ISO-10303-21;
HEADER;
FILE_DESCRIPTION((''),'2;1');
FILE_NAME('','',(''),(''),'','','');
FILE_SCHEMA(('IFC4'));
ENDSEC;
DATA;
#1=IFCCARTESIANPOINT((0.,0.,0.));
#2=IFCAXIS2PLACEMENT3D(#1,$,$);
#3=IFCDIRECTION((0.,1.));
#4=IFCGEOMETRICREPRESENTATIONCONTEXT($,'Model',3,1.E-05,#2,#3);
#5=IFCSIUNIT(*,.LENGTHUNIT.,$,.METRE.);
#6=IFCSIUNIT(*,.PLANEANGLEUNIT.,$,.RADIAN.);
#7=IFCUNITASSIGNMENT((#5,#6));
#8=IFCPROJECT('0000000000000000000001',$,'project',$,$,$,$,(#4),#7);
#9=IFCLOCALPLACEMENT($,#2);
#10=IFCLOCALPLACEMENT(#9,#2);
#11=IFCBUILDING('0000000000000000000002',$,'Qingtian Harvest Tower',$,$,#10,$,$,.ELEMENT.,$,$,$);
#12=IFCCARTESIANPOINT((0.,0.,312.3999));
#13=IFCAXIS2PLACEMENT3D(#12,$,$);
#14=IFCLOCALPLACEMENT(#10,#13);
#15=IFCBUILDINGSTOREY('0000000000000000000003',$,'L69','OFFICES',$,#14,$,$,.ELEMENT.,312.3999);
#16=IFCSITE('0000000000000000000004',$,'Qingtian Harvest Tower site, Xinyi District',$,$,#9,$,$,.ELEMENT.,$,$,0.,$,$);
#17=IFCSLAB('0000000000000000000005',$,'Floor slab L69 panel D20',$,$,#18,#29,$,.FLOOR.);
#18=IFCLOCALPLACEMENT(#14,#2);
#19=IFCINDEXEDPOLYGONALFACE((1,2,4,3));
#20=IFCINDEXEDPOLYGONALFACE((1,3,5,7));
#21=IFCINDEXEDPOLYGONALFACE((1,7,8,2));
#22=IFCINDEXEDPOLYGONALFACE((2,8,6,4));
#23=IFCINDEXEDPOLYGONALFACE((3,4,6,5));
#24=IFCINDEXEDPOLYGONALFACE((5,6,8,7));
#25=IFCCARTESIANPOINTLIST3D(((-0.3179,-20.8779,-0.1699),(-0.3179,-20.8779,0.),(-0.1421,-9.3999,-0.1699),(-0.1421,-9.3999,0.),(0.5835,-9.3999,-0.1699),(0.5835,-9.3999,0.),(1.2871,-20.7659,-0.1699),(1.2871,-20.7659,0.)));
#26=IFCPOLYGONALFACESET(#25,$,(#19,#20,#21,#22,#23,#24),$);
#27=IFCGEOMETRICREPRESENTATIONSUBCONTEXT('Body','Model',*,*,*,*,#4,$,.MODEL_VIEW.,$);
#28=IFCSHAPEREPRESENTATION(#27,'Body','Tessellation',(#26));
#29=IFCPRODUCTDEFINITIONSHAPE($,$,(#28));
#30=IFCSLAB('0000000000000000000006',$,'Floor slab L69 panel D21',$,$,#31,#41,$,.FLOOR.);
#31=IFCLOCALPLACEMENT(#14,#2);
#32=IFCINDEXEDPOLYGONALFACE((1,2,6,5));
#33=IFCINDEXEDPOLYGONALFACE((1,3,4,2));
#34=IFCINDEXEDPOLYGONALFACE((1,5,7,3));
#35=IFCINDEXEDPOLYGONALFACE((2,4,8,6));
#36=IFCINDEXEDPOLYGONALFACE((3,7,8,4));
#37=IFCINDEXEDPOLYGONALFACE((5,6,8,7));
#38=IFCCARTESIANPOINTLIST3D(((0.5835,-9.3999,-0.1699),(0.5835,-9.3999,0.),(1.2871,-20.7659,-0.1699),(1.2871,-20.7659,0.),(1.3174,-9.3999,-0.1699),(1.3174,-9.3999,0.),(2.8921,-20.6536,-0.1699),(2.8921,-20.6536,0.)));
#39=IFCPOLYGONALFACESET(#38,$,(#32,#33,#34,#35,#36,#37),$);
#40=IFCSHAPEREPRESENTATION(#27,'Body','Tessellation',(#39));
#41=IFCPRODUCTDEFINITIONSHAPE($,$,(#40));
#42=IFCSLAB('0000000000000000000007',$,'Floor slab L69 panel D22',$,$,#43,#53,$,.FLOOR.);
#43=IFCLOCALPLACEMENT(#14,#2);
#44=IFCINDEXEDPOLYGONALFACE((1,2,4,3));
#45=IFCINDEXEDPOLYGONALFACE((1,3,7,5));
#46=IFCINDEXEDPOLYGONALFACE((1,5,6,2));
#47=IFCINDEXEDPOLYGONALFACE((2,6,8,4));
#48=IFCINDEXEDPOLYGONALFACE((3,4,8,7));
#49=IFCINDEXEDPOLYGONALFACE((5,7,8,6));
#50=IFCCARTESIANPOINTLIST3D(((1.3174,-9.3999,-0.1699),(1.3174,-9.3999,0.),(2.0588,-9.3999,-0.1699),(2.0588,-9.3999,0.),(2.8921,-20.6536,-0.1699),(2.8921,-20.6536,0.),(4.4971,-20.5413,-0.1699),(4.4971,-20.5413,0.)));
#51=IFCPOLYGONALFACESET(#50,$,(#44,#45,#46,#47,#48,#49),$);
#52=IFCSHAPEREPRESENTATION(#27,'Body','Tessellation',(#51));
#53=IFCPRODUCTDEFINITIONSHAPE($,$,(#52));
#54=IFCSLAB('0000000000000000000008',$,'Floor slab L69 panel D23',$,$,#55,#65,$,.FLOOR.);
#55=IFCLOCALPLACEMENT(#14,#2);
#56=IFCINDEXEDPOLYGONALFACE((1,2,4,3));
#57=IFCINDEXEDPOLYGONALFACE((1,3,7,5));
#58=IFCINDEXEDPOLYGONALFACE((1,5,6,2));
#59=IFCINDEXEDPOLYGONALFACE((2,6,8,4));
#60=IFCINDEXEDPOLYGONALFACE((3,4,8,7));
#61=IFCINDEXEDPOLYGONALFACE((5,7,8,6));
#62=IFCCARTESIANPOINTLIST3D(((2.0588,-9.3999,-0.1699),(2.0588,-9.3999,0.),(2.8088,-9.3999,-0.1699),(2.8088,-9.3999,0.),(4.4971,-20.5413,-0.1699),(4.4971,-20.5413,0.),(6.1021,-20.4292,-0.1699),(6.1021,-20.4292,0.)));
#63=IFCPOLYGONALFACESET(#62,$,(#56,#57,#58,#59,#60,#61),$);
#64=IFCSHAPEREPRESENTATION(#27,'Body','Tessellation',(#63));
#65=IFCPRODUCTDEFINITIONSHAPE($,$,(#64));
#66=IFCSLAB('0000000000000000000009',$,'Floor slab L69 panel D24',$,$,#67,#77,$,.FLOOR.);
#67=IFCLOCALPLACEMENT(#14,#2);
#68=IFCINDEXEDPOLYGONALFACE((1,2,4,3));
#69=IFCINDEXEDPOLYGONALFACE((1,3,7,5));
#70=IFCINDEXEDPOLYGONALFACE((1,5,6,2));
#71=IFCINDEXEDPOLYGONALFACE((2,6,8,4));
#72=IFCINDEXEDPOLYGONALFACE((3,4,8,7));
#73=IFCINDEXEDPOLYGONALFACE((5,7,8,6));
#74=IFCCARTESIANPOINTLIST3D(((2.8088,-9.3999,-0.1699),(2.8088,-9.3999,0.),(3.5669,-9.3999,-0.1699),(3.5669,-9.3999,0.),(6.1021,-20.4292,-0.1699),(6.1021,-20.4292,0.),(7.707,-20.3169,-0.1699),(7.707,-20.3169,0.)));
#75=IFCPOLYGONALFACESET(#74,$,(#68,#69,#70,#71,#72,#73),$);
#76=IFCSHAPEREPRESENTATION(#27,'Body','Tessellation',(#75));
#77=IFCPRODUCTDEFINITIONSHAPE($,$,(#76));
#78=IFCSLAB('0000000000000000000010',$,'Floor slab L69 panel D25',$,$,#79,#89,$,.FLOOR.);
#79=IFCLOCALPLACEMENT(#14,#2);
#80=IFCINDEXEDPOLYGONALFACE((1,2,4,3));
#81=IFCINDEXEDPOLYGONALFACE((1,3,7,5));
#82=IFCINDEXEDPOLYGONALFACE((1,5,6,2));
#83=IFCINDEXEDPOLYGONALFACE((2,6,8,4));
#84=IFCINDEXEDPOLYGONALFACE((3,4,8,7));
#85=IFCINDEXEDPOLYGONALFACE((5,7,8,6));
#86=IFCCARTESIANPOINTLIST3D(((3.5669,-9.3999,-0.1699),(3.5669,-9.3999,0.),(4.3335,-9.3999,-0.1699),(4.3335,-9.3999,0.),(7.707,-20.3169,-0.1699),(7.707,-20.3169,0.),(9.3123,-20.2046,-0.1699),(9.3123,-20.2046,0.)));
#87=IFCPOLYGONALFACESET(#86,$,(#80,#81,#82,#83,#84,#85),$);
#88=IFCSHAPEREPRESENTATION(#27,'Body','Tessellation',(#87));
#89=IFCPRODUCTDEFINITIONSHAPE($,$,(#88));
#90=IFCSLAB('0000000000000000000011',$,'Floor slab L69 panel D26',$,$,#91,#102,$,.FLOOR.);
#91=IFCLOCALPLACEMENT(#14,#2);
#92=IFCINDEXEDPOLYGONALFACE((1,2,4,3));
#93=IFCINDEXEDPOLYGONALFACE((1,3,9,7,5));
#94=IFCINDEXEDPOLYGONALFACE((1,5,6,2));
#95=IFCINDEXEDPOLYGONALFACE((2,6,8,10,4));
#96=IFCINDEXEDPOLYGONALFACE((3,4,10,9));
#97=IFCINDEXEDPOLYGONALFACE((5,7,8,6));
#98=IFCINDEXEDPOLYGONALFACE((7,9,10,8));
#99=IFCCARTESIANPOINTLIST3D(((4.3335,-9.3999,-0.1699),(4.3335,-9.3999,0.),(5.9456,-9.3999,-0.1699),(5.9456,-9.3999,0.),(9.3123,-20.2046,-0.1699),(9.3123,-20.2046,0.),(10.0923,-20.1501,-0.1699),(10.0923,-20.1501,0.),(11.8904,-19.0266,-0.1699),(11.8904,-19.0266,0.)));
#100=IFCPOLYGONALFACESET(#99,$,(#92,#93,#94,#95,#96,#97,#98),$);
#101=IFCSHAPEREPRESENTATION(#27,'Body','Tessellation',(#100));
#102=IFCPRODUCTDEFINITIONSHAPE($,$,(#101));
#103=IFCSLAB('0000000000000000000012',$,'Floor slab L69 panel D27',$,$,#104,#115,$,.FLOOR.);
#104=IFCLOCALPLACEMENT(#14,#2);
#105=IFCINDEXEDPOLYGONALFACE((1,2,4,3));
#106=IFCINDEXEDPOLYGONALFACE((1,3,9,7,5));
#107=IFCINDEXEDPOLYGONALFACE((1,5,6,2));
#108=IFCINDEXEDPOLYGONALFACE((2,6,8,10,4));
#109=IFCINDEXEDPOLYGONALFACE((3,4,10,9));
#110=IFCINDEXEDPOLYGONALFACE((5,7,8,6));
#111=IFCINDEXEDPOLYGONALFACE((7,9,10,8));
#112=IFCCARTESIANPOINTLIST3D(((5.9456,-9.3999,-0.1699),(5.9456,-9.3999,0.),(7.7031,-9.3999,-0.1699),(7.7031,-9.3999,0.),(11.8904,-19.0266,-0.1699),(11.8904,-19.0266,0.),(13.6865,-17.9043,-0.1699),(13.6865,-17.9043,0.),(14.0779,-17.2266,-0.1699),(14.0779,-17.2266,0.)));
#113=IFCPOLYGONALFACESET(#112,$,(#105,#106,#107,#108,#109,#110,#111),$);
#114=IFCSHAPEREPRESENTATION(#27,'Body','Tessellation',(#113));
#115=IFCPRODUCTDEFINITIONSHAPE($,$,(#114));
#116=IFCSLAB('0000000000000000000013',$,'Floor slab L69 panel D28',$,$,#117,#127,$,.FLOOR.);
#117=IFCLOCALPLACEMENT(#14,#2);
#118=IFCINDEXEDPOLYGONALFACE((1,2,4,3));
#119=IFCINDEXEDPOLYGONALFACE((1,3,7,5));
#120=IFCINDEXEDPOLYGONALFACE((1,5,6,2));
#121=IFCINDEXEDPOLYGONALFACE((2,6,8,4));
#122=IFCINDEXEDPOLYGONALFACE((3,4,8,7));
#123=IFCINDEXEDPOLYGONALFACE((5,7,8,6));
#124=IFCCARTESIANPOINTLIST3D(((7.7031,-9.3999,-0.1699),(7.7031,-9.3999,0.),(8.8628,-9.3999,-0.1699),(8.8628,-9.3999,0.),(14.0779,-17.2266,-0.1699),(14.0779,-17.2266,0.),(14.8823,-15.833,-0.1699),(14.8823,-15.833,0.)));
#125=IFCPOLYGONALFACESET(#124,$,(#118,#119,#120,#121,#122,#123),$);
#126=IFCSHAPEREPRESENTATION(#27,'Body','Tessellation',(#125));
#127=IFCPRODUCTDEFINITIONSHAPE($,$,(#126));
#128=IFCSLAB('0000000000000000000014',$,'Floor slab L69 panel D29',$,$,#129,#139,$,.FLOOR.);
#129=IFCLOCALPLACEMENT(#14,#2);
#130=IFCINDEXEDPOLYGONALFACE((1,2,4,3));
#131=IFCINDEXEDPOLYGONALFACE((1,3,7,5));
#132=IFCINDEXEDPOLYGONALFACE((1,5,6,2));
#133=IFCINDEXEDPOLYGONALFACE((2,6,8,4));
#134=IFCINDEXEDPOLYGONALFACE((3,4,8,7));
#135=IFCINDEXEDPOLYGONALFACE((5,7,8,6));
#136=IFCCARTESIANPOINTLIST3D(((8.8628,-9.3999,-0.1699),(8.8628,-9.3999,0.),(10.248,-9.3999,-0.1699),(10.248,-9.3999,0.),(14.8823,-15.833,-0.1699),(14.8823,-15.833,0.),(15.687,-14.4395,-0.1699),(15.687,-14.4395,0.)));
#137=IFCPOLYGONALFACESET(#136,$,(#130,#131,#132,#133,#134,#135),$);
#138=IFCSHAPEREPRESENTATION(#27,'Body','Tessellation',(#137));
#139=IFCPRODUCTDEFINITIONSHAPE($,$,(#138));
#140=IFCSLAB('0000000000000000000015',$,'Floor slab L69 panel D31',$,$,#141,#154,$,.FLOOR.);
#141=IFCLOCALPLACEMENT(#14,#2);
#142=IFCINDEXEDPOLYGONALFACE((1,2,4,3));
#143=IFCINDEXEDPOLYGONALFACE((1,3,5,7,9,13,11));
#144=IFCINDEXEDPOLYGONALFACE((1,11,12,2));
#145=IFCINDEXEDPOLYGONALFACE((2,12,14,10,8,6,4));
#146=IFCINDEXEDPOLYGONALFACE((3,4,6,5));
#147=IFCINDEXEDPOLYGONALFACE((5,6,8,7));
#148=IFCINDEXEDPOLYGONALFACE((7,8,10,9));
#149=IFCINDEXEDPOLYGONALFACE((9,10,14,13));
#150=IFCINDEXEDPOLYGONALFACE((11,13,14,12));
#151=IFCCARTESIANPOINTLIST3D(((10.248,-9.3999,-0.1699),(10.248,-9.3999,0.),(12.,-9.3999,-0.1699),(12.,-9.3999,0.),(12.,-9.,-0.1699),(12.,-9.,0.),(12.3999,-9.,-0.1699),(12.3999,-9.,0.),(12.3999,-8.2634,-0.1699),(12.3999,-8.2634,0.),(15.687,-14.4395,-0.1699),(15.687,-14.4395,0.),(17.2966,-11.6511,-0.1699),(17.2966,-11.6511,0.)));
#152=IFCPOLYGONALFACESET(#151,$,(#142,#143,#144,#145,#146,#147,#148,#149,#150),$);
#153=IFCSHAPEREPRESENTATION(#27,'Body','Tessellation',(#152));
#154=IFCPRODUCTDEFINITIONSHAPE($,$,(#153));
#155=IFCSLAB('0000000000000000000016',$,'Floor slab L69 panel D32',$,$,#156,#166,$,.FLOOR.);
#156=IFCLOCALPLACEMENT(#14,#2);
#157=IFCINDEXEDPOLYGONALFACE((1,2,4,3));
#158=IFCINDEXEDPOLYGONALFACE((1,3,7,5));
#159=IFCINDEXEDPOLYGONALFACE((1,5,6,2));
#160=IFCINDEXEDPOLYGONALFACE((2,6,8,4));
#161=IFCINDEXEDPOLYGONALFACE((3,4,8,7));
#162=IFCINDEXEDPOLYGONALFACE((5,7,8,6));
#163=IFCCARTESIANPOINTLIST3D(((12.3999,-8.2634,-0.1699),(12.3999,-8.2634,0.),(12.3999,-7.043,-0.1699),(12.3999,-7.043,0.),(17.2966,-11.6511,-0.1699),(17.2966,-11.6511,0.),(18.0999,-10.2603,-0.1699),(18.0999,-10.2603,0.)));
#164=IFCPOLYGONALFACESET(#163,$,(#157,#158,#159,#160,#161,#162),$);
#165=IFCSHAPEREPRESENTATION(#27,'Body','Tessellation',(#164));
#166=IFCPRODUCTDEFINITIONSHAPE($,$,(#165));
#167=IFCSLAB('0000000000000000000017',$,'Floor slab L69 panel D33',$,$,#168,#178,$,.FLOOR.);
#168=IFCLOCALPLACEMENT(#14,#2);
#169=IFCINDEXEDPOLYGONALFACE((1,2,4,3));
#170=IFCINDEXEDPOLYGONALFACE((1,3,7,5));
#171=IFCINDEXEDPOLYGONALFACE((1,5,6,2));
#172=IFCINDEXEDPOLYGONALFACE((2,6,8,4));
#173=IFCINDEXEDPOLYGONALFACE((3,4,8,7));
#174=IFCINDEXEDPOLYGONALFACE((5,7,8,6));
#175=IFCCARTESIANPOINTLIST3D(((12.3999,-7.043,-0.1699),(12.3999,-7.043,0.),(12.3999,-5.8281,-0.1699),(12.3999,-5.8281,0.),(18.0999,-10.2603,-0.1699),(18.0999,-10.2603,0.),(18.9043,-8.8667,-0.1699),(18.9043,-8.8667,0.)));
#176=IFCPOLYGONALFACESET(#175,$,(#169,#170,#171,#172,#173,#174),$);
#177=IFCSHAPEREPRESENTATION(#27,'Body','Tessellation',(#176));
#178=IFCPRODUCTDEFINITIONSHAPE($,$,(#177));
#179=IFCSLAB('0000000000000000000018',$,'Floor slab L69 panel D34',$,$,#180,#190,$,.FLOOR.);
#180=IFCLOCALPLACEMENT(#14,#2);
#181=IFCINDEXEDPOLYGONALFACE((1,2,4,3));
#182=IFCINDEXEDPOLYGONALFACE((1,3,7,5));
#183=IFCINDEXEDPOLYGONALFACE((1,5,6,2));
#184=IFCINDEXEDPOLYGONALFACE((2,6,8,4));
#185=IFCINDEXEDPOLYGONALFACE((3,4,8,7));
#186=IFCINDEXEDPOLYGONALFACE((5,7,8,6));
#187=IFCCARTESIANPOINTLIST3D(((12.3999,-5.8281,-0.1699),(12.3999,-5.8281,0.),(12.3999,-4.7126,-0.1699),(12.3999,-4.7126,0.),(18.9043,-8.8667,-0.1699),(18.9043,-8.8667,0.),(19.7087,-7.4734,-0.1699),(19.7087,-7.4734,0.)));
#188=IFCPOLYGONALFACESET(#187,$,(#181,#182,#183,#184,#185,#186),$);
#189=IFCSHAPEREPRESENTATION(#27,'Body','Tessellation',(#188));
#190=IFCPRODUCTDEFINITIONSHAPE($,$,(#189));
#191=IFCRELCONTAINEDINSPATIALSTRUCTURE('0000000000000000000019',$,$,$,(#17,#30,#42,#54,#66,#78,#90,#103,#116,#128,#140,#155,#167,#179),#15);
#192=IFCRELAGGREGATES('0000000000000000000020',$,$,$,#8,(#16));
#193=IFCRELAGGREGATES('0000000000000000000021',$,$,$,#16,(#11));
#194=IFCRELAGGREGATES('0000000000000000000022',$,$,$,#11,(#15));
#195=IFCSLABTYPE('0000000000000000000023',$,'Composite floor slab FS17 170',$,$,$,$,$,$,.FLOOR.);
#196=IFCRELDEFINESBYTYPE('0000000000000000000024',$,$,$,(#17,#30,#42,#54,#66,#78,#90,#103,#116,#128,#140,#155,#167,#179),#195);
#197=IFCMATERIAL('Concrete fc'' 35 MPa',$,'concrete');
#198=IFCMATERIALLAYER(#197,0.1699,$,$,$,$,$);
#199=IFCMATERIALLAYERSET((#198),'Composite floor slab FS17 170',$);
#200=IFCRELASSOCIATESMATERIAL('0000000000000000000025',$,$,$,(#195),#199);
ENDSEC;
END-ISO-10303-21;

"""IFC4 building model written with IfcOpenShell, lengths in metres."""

from ifc_helpers import new_model, si_unit, direction, frame, origin, place, context, subcontext, project, spatial, polyline, outline, extrude, material, layer, layer_set, type_object, element, save


model = new_model("IFC4")

# Units and contexts
model_context = context("Model", 3, precision=1e-05, world=origin(), true_north=direction((0.0, 1.0)))
body_context = subcontext(model_context, "Body", "Model", "MODEL_VIEW")
ifc_project = project(units=[si_unit("LENGTHUNIT", "METRE"), si_unit("PLANEANGLEUNIT", "RADIAN")], contexts=[model_context])

# Site, building, storey
site_placement = place(None, origin())
site = spatial("IfcSite", under=ifc_project, at=site_placement, Name="Qingtian Harvest Tower site, Xinyi District", CompositionType="ELEMENT", RefElevation=0.0)
building_placement = place(site_placement, origin())
building = spatial("IfcBuilding", under=site, at=building_placement, Name="Qingtian Harvest Tower", CompositionType="ELEMENT")
storey_placement = place(building_placement, frame((0.0, 0.0, 312.3999)))
storey = spatial("IfcBuildingStorey", under=building, at=storey_placement, Name="L69", Description="OFFICES", CompositionType="ELEMENT", Elevation=312.3999)

# Slabs
ifc_material_1 = material(Name="Concrete fc' 35 MPa", Category="concrete")
ifc_layer_1 = layer(ifc_material_1, 0.1699)
ifc_layer_set_1 = layer_set([ifc_layer_1], Name="Composite floor slab FS17 170")
slab_type = type_object("IfcSlabType", Name="Composite floor slab FS17 170", PredefinedType="FLOOR", material=ifc_layer_set_1)
slab_1_placement = place(storey_placement, frame((0.0, 0.0, -0.1699)))
element("IfcSlab", 1, at=slab_1_placement, inside=storey, type_object=slab_type, Name="Floor slab L69 panel D20", PredefinedType="FLOOR", context=body_context, shape_type="SweptSolid", body=[
    extrude(outline(polyline([(0.5835, -9.3999), (1.2871, -20.7659), (-0.3179, -20.8779), (-0.1421, -9.3999), (0.5835, -9.3999)])), origin(), (0.0, 0.0, 1.0), 0.1699),
])
slab_2_placement = place(storey_placement, frame((0.0, 0.0, -0.1699)))
element("IfcSlab", 2, at=slab_2_placement, inside=storey, type_object=slab_type, Name="Floor slab L69 panel D21", PredefinedType="FLOOR", context=body_context, shape_type="SweptSolid", body=[
    extrude(outline(polyline([(1.3174, -9.3999), (2.8921, -20.6536), (1.2871, -20.7659), (0.5835, -9.3999), (1.3174, -9.3999)])), origin(), (0.0, 0.0, 1.0), 0.1699),
])
slab_3_placement = place(storey_placement, frame((0.0, 0.0, -0.1699)))
element("IfcSlab", 3, at=slab_3_placement, inside=storey, type_object=slab_type, Name="Floor slab L69 panel D22", PredefinedType="FLOOR", context=body_context, shape_type="SweptSolid", body=[
    extrude(outline(polyline([(2.0588, -9.3999), (4.4971, -20.5413), (2.8921, -20.6536), (1.3174, -9.3999), (2.0588, -9.3999)])), origin(), (0.0, 0.0, 1.0), 0.1699),
])
slab_4_placement = place(storey_placement, frame((0.0, 0.0, -0.1699)))
element("IfcSlab", 4, at=slab_4_placement, inside=storey, type_object=slab_type, Name="Floor slab L69 panel D23", PredefinedType="FLOOR", context=body_context, shape_type="SweptSolid", body=[
    extrude(outline(polyline([(2.8088, -9.3999), (6.1021, -20.4292), (4.4971, -20.5413), (2.0588, -9.3999), (2.8088, -9.3999)])), origin(), (0.0, 0.0, 1.0), 0.1699),
])
slab_5_placement = place(storey_placement, frame((0.0, 0.0, -0.1699)))
element("IfcSlab", 5, at=slab_5_placement, inside=storey, type_object=slab_type, Name="Floor slab L69 panel D24", PredefinedType="FLOOR", context=body_context, shape_type="SweptSolid", body=[
    extrude(outline(polyline([(3.5669, -9.3999), (7.707, -20.3169), (6.1021, -20.4292), (2.8088, -9.3999), (3.5669, -9.3999)])), origin(), (0.0, 0.0, 1.0), 0.1699),
])
slab_6_placement = place(storey_placement, frame((0.0, 0.0, -0.1699)))
element("IfcSlab", 6, at=slab_6_placement, inside=storey, type_object=slab_type, Name="Floor slab L69 panel D25", PredefinedType="FLOOR", context=body_context, shape_type="SweptSolid", body=[
    extrude(outline(polyline([(4.3335, -9.3999), (9.3123, -20.2046), (7.707, -20.3169), (3.5669, -9.3999), (4.3335, -9.3999)])), origin(), (0.0, 0.0, 1.0), 0.1699),
])
slab_7_placement = place(storey_placement, frame((0.0, 0.0, -0.1699)))
element("IfcSlab", 7, at=slab_7_placement, inside=storey, type_object=slab_type, Name="Floor slab L69 panel D26", PredefinedType="FLOOR", context=body_context, shape_type="SweptSolid", body=[
    extrude(outline(polyline([(4.3335, -9.3999), (5.9456, -9.3999), (11.8904, -19.0266), (10.0923, -20.1501), (9.3123, -20.2046), (4.3335, -9.3999)])), origin(), (0.0, 0.0, 1.0), 0.1699),
])
slab_8_placement = place(storey_placement, frame((0.0, 0.0, -0.1699)))
element("IfcSlab", 8, at=slab_8_placement, inside=storey, type_object=slab_type, Name="Floor slab L69 panel D27", PredefinedType="FLOOR", context=body_context, shape_type="SweptSolid", body=[
    extrude(outline(polyline([(5.9456, -9.3999), (7.7031, -9.3999), (14.0779, -17.2266), (13.6865, -17.9043), (11.8904, -19.0266), (5.9456, -9.3999)])), origin(), (0.0, 0.0, 1.0), 0.1699),
])
slab_9_placement = place(storey_placement, frame((0.0, 0.0, -0.1699)))
element("IfcSlab", 9, at=slab_9_placement, inside=storey, type_object=slab_type, Name="Floor slab L69 panel D28", PredefinedType="FLOOR", context=body_context, shape_type="SweptSolid", body=[
    extrude(outline(polyline([(8.8628, -9.3999), (14.8823, -15.833), (14.0779, -17.2266), (7.7031, -9.3999), (8.8628, -9.3999)])), origin(), (0.0, 0.0, 1.0), 0.1699),
])
slab_10_placement = place(storey_placement, frame((0.0, 0.0, -0.1699)))
element("IfcSlab", 10, at=slab_10_placement, inside=storey, type_object=slab_type, Name="Floor slab L69 panel D29", PredefinedType="FLOOR", context=body_context, shape_type="SweptSolid", body=[
    extrude(outline(polyline([(10.248, -9.3999), (15.687, -14.4395), (14.8823, -15.833), (8.8628, -9.3999), (10.248, -9.3999)])), origin(), (0.0, 0.0, 1.0), 0.1699),
])
slab_11_placement = place(storey_placement, frame((0.0, 0.0, -0.1699)))
element("IfcSlab", 11, at=slab_11_placement, inside=storey, type_object=slab_type, Name="Floor slab L69 panel D31", PredefinedType="FLOOR", context=body_context, shape_type="SweptSolid", body=[
    extrude(outline(polyline([(12.3999, -8.2634), (17.2966, -11.6511), (15.687, -14.4395), (10.248, -9.3999), (12.0, -9.3999), (12.0, -9.0), (12.3999, -9.0), (12.3999, -8.2634)])), origin(), (0.0, 0.0, 1.0), 0.1699),
])
slab_12_placement = place(storey_placement, frame((0.0, 0.0, -0.1699)))
element("IfcSlab", 12, at=slab_12_placement, inside=storey, type_object=slab_type, Name="Floor slab L69 panel D32", PredefinedType="FLOOR", context=body_context, shape_type="SweptSolid", body=[
    extrude(outline(polyline([(12.3999, -7.043), (18.0999, -10.2603), (17.2966, -11.6511), (12.3999, -8.2634), (12.3999, -7.043)])), origin(), (0.0, 0.0, 1.0), 0.1699),
])
slab_13_placement = place(storey_placement, frame((0.0, 0.0, -0.1699)))
element("IfcSlab", 13, at=slab_13_placement, inside=storey, type_object=slab_type, Name="Floor slab L69 panel D33", PredefinedType="FLOOR", context=body_context, shape_type="SweptSolid", body=[
    extrude(outline(polyline([(12.3999, -5.8281), (18.9043, -8.8667), (18.0999, -10.2603), (12.3999, -7.043), (12.3999, -5.8281)])), origin(), (0.0, 0.0, 1.0), 0.1699),
])
slab_14_placement = place(storey_placement, frame((0.0, 0.0, -0.1699)))
element("IfcSlab", 14, at=slab_14_placement, inside=storey, type_object=slab_type, Name="Floor slab L69 panel D34", PredefinedType="FLOOR", context=body_context, shape_type="SweptSolid", body=[
    extrude(outline(polyline([(12.3999, -4.7126), (19.7087, -7.4734), (18.9043, -8.8667), (12.3999, -5.8281), (12.3999, -4.7126)])), origin(), (0.0, 0.0, 1.0), 0.1699),
])

save(model, "model.ifc")
